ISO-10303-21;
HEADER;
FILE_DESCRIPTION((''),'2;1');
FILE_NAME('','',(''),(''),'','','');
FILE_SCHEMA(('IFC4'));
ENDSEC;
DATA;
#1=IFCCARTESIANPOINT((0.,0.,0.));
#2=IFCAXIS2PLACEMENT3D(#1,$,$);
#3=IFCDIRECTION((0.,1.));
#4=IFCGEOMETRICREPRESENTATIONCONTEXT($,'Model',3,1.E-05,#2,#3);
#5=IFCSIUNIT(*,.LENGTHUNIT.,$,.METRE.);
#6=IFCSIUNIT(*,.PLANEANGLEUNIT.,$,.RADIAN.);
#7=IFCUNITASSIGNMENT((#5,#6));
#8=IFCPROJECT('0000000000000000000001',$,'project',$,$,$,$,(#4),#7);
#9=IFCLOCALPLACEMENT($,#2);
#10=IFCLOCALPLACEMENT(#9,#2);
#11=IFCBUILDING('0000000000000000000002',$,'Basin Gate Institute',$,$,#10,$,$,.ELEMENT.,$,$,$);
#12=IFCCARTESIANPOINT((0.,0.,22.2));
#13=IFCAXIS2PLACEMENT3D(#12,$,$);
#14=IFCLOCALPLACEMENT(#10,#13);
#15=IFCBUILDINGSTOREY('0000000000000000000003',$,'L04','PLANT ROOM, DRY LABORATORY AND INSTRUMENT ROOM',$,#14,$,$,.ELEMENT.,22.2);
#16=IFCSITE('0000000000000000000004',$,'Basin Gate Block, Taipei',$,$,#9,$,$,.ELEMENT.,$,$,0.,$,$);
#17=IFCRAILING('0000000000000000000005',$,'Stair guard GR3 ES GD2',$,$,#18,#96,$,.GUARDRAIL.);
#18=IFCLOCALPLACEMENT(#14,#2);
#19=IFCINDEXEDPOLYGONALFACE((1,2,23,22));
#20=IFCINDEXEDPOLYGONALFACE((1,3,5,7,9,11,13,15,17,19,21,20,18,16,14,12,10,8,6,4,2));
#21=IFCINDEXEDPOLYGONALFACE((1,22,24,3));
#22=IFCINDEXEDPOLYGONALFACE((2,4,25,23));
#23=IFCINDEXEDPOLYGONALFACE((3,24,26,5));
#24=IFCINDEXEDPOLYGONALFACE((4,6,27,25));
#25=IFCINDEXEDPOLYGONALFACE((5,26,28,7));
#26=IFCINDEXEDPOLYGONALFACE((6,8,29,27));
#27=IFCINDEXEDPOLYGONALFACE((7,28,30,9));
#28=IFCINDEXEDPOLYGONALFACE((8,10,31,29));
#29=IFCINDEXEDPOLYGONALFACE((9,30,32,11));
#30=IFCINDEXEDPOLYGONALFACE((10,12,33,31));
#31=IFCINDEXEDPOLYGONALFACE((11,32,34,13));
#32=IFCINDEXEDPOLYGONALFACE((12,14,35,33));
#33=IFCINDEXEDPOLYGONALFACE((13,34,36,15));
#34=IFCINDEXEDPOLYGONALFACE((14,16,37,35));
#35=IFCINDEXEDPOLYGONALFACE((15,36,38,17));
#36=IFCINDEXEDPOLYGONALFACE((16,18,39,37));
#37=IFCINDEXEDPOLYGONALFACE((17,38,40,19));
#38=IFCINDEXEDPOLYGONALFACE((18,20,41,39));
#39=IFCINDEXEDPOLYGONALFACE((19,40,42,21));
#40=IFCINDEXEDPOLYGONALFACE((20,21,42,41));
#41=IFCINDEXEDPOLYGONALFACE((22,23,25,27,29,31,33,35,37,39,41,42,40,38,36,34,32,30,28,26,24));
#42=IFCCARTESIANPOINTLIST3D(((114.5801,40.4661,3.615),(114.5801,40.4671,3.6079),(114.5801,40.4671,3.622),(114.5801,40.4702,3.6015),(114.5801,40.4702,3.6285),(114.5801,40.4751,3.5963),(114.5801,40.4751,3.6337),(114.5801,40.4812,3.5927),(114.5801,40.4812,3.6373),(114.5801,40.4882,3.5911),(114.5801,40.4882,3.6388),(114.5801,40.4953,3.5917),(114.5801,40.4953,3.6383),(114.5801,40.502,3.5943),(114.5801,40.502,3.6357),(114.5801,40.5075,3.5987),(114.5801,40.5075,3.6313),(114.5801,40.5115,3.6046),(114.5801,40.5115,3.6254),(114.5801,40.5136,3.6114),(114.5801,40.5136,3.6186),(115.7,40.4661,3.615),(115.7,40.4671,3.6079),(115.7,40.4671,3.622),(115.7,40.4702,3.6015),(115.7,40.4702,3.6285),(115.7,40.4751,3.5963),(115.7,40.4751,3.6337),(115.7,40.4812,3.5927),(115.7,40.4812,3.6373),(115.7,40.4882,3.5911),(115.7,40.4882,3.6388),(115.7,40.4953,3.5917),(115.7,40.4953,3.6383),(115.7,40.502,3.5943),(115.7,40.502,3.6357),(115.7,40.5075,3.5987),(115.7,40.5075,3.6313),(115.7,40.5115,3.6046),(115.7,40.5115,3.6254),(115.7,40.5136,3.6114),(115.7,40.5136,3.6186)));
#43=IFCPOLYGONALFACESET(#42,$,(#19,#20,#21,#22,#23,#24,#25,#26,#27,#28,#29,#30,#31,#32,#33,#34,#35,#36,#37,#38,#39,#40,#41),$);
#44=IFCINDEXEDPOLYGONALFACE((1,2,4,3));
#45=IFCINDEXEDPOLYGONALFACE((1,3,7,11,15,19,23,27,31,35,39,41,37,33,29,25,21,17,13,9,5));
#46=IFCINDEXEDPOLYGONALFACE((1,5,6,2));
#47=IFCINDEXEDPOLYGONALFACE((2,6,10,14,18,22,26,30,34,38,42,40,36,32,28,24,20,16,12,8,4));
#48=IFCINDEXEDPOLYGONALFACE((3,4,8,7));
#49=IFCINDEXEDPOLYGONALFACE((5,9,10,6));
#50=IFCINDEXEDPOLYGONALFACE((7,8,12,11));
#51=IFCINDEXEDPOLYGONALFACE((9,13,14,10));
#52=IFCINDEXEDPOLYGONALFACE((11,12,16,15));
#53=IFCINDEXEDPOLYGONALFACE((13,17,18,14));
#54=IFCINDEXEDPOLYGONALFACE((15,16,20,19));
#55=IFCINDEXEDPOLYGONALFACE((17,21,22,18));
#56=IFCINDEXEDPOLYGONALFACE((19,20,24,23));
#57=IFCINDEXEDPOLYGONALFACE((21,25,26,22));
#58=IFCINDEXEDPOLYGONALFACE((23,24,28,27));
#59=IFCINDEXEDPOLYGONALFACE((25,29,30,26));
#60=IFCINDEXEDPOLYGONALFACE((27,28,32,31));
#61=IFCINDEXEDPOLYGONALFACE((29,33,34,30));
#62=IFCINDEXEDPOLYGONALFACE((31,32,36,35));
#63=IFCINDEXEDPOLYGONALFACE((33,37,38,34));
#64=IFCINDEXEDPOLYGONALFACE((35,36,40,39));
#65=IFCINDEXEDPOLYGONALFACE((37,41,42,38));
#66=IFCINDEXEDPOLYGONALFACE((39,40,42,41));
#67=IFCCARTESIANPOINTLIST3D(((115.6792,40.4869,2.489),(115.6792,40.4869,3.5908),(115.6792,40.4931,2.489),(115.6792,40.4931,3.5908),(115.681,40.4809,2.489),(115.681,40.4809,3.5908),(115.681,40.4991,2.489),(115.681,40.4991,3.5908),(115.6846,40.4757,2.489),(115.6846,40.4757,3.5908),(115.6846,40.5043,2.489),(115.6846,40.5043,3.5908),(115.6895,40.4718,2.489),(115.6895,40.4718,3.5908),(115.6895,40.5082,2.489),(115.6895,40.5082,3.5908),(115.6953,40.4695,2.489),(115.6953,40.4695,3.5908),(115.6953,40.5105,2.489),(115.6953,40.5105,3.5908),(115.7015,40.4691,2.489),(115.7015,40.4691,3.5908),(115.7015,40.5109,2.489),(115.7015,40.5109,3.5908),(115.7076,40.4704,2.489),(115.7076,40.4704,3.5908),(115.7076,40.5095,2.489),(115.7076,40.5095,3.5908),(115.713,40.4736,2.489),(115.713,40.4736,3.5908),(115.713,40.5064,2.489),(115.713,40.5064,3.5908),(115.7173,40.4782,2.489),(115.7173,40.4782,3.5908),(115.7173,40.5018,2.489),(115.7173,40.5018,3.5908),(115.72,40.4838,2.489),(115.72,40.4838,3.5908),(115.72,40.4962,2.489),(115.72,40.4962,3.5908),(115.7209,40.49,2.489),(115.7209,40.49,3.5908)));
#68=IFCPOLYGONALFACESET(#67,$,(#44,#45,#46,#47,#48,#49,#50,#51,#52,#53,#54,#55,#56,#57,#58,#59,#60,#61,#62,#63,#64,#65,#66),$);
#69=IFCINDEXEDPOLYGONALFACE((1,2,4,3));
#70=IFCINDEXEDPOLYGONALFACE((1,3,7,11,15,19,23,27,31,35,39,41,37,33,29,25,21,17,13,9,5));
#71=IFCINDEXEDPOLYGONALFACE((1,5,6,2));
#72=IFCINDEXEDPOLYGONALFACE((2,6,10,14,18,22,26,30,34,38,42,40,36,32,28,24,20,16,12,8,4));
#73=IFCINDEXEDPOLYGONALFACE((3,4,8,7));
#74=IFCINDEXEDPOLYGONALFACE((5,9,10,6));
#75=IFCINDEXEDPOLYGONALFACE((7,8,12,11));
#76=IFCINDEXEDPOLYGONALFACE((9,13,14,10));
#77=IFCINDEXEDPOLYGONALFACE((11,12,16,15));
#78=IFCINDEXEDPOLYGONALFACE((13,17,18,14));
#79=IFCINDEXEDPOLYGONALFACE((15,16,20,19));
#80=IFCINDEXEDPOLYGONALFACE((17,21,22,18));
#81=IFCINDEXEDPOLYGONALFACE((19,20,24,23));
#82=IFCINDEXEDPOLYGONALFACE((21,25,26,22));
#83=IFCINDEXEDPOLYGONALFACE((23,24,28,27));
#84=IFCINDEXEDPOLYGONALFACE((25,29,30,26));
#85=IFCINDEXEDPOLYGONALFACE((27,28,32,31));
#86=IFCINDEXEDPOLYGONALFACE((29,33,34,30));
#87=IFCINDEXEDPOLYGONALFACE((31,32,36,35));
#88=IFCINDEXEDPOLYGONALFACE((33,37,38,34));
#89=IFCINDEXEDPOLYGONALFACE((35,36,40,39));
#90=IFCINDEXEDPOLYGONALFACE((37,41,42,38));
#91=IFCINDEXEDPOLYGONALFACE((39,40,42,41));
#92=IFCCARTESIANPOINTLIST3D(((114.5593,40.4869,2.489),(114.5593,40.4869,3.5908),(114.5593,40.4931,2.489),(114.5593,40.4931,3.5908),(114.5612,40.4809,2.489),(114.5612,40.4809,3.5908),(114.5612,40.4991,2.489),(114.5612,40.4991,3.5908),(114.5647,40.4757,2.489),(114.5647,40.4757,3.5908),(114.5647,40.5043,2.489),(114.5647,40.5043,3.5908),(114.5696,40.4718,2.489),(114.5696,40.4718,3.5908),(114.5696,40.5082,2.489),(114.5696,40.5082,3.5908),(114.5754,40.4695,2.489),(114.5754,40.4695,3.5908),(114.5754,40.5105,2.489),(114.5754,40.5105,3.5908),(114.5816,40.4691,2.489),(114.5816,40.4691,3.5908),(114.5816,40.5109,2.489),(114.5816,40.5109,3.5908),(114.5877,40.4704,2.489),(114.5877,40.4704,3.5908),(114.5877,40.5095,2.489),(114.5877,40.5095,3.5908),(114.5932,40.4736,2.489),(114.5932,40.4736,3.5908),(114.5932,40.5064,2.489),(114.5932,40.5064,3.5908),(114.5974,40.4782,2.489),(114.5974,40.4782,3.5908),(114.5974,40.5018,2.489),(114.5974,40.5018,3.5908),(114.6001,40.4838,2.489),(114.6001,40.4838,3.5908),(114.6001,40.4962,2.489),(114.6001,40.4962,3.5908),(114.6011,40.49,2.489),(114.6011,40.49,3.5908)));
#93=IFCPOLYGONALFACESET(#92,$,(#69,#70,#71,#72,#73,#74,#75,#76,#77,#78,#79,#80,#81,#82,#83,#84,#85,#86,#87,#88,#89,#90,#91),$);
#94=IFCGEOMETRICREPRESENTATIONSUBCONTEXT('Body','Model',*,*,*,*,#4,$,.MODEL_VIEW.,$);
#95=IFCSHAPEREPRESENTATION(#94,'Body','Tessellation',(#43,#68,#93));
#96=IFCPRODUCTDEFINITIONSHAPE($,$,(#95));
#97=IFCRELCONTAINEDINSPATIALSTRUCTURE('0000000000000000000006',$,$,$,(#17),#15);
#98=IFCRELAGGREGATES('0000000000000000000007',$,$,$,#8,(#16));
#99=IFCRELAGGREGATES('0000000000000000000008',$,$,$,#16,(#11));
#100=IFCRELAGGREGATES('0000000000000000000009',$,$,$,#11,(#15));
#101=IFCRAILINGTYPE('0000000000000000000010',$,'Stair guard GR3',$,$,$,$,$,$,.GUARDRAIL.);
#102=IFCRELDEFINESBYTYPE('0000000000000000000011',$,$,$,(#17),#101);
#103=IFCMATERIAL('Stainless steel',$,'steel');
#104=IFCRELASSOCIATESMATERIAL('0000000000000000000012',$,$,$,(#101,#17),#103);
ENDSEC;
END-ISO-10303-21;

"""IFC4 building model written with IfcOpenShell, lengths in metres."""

from ifc_helpers import new_model, si_unit, direction, frame, origin, origin_2d, place, context, subcontext, project, spatial, circle, extrude, material, type_object, element, save


model = new_model("IFC4")

# Units and contexts
model_context = context("Model", 3, precision=1e-05, world=origin(), true_north=direction((0.0, 1.0)))
body_context = subcontext(model_context, "Body", "Model", "MODEL_VIEW")
ifc_project = project(units=[si_unit("LENGTHUNIT", "METRE"), si_unit("PLANEANGLEUNIT", "RADIAN")], contexts=[model_context])

# Site, building, storey
site_placement = place(None, origin())
site = spatial("IfcSite", under=ifc_project, at=site_placement, Name="Basin Gate Block, Taipei", CompositionType="ELEMENT", RefElevation=0.0)
building_placement = place(site_placement, origin())
building = spatial("IfcBuilding", under=site, at=building_placement, Name="Basin Gate Institute", CompositionType="ELEMENT")
storey_placement = place(building_placement, frame((0.0, 0.0, 22.2)))
storey = spatial("IfcBuildingStorey", under=building, at=storey_placement, Name="L04", Description="PLANT ROOM, DRY LABORATORY AND INSTRUMENT ROOM", CompositionType="ELEMENT", Elevation=22.2)

# Railing
ifc_material_1 = material(Name="Stainless steel", Category="steel")
railing_type_1 = type_object("IfcRailingType", Name="Stair guard GR3", PredefinedType="GUARDRAIL", material=ifc_material_1)
railing_1_placement = place(storey_placement, frame((115.7, 40.49, 2.489)))
element("IfcRailing", 1, at=railing_1_placement, inside=storey, type_object=railing_type_1, material=ifc_material_1, Name="Stair guard GR3 ES GD2", PredefinedType="GUARDRAIL", context=body_context, shape_type="SweptSolid", body=[
    extrude(circle(Radius=0.0239, at=origin_2d()), frame((0.0, 0.0, 1.126), z_axis=(-1.0, 0.0, 0.0), x_axis=(0.0, -1.0, 0.0)), (0.0, 0.0, 1.0), 1.1199),
    extrude(circle(Radius=0.021, at=origin_2d()), origin(), (0.0, 0.0, 1.0), 1.1018),
    extrude(circle(Radius=0.021, at=origin_2d()), frame((-1.1199, 0.0, 0.0)), (0.0, 0.0, 1.0), 1.1018),
])

save(model, "model.ifc")
